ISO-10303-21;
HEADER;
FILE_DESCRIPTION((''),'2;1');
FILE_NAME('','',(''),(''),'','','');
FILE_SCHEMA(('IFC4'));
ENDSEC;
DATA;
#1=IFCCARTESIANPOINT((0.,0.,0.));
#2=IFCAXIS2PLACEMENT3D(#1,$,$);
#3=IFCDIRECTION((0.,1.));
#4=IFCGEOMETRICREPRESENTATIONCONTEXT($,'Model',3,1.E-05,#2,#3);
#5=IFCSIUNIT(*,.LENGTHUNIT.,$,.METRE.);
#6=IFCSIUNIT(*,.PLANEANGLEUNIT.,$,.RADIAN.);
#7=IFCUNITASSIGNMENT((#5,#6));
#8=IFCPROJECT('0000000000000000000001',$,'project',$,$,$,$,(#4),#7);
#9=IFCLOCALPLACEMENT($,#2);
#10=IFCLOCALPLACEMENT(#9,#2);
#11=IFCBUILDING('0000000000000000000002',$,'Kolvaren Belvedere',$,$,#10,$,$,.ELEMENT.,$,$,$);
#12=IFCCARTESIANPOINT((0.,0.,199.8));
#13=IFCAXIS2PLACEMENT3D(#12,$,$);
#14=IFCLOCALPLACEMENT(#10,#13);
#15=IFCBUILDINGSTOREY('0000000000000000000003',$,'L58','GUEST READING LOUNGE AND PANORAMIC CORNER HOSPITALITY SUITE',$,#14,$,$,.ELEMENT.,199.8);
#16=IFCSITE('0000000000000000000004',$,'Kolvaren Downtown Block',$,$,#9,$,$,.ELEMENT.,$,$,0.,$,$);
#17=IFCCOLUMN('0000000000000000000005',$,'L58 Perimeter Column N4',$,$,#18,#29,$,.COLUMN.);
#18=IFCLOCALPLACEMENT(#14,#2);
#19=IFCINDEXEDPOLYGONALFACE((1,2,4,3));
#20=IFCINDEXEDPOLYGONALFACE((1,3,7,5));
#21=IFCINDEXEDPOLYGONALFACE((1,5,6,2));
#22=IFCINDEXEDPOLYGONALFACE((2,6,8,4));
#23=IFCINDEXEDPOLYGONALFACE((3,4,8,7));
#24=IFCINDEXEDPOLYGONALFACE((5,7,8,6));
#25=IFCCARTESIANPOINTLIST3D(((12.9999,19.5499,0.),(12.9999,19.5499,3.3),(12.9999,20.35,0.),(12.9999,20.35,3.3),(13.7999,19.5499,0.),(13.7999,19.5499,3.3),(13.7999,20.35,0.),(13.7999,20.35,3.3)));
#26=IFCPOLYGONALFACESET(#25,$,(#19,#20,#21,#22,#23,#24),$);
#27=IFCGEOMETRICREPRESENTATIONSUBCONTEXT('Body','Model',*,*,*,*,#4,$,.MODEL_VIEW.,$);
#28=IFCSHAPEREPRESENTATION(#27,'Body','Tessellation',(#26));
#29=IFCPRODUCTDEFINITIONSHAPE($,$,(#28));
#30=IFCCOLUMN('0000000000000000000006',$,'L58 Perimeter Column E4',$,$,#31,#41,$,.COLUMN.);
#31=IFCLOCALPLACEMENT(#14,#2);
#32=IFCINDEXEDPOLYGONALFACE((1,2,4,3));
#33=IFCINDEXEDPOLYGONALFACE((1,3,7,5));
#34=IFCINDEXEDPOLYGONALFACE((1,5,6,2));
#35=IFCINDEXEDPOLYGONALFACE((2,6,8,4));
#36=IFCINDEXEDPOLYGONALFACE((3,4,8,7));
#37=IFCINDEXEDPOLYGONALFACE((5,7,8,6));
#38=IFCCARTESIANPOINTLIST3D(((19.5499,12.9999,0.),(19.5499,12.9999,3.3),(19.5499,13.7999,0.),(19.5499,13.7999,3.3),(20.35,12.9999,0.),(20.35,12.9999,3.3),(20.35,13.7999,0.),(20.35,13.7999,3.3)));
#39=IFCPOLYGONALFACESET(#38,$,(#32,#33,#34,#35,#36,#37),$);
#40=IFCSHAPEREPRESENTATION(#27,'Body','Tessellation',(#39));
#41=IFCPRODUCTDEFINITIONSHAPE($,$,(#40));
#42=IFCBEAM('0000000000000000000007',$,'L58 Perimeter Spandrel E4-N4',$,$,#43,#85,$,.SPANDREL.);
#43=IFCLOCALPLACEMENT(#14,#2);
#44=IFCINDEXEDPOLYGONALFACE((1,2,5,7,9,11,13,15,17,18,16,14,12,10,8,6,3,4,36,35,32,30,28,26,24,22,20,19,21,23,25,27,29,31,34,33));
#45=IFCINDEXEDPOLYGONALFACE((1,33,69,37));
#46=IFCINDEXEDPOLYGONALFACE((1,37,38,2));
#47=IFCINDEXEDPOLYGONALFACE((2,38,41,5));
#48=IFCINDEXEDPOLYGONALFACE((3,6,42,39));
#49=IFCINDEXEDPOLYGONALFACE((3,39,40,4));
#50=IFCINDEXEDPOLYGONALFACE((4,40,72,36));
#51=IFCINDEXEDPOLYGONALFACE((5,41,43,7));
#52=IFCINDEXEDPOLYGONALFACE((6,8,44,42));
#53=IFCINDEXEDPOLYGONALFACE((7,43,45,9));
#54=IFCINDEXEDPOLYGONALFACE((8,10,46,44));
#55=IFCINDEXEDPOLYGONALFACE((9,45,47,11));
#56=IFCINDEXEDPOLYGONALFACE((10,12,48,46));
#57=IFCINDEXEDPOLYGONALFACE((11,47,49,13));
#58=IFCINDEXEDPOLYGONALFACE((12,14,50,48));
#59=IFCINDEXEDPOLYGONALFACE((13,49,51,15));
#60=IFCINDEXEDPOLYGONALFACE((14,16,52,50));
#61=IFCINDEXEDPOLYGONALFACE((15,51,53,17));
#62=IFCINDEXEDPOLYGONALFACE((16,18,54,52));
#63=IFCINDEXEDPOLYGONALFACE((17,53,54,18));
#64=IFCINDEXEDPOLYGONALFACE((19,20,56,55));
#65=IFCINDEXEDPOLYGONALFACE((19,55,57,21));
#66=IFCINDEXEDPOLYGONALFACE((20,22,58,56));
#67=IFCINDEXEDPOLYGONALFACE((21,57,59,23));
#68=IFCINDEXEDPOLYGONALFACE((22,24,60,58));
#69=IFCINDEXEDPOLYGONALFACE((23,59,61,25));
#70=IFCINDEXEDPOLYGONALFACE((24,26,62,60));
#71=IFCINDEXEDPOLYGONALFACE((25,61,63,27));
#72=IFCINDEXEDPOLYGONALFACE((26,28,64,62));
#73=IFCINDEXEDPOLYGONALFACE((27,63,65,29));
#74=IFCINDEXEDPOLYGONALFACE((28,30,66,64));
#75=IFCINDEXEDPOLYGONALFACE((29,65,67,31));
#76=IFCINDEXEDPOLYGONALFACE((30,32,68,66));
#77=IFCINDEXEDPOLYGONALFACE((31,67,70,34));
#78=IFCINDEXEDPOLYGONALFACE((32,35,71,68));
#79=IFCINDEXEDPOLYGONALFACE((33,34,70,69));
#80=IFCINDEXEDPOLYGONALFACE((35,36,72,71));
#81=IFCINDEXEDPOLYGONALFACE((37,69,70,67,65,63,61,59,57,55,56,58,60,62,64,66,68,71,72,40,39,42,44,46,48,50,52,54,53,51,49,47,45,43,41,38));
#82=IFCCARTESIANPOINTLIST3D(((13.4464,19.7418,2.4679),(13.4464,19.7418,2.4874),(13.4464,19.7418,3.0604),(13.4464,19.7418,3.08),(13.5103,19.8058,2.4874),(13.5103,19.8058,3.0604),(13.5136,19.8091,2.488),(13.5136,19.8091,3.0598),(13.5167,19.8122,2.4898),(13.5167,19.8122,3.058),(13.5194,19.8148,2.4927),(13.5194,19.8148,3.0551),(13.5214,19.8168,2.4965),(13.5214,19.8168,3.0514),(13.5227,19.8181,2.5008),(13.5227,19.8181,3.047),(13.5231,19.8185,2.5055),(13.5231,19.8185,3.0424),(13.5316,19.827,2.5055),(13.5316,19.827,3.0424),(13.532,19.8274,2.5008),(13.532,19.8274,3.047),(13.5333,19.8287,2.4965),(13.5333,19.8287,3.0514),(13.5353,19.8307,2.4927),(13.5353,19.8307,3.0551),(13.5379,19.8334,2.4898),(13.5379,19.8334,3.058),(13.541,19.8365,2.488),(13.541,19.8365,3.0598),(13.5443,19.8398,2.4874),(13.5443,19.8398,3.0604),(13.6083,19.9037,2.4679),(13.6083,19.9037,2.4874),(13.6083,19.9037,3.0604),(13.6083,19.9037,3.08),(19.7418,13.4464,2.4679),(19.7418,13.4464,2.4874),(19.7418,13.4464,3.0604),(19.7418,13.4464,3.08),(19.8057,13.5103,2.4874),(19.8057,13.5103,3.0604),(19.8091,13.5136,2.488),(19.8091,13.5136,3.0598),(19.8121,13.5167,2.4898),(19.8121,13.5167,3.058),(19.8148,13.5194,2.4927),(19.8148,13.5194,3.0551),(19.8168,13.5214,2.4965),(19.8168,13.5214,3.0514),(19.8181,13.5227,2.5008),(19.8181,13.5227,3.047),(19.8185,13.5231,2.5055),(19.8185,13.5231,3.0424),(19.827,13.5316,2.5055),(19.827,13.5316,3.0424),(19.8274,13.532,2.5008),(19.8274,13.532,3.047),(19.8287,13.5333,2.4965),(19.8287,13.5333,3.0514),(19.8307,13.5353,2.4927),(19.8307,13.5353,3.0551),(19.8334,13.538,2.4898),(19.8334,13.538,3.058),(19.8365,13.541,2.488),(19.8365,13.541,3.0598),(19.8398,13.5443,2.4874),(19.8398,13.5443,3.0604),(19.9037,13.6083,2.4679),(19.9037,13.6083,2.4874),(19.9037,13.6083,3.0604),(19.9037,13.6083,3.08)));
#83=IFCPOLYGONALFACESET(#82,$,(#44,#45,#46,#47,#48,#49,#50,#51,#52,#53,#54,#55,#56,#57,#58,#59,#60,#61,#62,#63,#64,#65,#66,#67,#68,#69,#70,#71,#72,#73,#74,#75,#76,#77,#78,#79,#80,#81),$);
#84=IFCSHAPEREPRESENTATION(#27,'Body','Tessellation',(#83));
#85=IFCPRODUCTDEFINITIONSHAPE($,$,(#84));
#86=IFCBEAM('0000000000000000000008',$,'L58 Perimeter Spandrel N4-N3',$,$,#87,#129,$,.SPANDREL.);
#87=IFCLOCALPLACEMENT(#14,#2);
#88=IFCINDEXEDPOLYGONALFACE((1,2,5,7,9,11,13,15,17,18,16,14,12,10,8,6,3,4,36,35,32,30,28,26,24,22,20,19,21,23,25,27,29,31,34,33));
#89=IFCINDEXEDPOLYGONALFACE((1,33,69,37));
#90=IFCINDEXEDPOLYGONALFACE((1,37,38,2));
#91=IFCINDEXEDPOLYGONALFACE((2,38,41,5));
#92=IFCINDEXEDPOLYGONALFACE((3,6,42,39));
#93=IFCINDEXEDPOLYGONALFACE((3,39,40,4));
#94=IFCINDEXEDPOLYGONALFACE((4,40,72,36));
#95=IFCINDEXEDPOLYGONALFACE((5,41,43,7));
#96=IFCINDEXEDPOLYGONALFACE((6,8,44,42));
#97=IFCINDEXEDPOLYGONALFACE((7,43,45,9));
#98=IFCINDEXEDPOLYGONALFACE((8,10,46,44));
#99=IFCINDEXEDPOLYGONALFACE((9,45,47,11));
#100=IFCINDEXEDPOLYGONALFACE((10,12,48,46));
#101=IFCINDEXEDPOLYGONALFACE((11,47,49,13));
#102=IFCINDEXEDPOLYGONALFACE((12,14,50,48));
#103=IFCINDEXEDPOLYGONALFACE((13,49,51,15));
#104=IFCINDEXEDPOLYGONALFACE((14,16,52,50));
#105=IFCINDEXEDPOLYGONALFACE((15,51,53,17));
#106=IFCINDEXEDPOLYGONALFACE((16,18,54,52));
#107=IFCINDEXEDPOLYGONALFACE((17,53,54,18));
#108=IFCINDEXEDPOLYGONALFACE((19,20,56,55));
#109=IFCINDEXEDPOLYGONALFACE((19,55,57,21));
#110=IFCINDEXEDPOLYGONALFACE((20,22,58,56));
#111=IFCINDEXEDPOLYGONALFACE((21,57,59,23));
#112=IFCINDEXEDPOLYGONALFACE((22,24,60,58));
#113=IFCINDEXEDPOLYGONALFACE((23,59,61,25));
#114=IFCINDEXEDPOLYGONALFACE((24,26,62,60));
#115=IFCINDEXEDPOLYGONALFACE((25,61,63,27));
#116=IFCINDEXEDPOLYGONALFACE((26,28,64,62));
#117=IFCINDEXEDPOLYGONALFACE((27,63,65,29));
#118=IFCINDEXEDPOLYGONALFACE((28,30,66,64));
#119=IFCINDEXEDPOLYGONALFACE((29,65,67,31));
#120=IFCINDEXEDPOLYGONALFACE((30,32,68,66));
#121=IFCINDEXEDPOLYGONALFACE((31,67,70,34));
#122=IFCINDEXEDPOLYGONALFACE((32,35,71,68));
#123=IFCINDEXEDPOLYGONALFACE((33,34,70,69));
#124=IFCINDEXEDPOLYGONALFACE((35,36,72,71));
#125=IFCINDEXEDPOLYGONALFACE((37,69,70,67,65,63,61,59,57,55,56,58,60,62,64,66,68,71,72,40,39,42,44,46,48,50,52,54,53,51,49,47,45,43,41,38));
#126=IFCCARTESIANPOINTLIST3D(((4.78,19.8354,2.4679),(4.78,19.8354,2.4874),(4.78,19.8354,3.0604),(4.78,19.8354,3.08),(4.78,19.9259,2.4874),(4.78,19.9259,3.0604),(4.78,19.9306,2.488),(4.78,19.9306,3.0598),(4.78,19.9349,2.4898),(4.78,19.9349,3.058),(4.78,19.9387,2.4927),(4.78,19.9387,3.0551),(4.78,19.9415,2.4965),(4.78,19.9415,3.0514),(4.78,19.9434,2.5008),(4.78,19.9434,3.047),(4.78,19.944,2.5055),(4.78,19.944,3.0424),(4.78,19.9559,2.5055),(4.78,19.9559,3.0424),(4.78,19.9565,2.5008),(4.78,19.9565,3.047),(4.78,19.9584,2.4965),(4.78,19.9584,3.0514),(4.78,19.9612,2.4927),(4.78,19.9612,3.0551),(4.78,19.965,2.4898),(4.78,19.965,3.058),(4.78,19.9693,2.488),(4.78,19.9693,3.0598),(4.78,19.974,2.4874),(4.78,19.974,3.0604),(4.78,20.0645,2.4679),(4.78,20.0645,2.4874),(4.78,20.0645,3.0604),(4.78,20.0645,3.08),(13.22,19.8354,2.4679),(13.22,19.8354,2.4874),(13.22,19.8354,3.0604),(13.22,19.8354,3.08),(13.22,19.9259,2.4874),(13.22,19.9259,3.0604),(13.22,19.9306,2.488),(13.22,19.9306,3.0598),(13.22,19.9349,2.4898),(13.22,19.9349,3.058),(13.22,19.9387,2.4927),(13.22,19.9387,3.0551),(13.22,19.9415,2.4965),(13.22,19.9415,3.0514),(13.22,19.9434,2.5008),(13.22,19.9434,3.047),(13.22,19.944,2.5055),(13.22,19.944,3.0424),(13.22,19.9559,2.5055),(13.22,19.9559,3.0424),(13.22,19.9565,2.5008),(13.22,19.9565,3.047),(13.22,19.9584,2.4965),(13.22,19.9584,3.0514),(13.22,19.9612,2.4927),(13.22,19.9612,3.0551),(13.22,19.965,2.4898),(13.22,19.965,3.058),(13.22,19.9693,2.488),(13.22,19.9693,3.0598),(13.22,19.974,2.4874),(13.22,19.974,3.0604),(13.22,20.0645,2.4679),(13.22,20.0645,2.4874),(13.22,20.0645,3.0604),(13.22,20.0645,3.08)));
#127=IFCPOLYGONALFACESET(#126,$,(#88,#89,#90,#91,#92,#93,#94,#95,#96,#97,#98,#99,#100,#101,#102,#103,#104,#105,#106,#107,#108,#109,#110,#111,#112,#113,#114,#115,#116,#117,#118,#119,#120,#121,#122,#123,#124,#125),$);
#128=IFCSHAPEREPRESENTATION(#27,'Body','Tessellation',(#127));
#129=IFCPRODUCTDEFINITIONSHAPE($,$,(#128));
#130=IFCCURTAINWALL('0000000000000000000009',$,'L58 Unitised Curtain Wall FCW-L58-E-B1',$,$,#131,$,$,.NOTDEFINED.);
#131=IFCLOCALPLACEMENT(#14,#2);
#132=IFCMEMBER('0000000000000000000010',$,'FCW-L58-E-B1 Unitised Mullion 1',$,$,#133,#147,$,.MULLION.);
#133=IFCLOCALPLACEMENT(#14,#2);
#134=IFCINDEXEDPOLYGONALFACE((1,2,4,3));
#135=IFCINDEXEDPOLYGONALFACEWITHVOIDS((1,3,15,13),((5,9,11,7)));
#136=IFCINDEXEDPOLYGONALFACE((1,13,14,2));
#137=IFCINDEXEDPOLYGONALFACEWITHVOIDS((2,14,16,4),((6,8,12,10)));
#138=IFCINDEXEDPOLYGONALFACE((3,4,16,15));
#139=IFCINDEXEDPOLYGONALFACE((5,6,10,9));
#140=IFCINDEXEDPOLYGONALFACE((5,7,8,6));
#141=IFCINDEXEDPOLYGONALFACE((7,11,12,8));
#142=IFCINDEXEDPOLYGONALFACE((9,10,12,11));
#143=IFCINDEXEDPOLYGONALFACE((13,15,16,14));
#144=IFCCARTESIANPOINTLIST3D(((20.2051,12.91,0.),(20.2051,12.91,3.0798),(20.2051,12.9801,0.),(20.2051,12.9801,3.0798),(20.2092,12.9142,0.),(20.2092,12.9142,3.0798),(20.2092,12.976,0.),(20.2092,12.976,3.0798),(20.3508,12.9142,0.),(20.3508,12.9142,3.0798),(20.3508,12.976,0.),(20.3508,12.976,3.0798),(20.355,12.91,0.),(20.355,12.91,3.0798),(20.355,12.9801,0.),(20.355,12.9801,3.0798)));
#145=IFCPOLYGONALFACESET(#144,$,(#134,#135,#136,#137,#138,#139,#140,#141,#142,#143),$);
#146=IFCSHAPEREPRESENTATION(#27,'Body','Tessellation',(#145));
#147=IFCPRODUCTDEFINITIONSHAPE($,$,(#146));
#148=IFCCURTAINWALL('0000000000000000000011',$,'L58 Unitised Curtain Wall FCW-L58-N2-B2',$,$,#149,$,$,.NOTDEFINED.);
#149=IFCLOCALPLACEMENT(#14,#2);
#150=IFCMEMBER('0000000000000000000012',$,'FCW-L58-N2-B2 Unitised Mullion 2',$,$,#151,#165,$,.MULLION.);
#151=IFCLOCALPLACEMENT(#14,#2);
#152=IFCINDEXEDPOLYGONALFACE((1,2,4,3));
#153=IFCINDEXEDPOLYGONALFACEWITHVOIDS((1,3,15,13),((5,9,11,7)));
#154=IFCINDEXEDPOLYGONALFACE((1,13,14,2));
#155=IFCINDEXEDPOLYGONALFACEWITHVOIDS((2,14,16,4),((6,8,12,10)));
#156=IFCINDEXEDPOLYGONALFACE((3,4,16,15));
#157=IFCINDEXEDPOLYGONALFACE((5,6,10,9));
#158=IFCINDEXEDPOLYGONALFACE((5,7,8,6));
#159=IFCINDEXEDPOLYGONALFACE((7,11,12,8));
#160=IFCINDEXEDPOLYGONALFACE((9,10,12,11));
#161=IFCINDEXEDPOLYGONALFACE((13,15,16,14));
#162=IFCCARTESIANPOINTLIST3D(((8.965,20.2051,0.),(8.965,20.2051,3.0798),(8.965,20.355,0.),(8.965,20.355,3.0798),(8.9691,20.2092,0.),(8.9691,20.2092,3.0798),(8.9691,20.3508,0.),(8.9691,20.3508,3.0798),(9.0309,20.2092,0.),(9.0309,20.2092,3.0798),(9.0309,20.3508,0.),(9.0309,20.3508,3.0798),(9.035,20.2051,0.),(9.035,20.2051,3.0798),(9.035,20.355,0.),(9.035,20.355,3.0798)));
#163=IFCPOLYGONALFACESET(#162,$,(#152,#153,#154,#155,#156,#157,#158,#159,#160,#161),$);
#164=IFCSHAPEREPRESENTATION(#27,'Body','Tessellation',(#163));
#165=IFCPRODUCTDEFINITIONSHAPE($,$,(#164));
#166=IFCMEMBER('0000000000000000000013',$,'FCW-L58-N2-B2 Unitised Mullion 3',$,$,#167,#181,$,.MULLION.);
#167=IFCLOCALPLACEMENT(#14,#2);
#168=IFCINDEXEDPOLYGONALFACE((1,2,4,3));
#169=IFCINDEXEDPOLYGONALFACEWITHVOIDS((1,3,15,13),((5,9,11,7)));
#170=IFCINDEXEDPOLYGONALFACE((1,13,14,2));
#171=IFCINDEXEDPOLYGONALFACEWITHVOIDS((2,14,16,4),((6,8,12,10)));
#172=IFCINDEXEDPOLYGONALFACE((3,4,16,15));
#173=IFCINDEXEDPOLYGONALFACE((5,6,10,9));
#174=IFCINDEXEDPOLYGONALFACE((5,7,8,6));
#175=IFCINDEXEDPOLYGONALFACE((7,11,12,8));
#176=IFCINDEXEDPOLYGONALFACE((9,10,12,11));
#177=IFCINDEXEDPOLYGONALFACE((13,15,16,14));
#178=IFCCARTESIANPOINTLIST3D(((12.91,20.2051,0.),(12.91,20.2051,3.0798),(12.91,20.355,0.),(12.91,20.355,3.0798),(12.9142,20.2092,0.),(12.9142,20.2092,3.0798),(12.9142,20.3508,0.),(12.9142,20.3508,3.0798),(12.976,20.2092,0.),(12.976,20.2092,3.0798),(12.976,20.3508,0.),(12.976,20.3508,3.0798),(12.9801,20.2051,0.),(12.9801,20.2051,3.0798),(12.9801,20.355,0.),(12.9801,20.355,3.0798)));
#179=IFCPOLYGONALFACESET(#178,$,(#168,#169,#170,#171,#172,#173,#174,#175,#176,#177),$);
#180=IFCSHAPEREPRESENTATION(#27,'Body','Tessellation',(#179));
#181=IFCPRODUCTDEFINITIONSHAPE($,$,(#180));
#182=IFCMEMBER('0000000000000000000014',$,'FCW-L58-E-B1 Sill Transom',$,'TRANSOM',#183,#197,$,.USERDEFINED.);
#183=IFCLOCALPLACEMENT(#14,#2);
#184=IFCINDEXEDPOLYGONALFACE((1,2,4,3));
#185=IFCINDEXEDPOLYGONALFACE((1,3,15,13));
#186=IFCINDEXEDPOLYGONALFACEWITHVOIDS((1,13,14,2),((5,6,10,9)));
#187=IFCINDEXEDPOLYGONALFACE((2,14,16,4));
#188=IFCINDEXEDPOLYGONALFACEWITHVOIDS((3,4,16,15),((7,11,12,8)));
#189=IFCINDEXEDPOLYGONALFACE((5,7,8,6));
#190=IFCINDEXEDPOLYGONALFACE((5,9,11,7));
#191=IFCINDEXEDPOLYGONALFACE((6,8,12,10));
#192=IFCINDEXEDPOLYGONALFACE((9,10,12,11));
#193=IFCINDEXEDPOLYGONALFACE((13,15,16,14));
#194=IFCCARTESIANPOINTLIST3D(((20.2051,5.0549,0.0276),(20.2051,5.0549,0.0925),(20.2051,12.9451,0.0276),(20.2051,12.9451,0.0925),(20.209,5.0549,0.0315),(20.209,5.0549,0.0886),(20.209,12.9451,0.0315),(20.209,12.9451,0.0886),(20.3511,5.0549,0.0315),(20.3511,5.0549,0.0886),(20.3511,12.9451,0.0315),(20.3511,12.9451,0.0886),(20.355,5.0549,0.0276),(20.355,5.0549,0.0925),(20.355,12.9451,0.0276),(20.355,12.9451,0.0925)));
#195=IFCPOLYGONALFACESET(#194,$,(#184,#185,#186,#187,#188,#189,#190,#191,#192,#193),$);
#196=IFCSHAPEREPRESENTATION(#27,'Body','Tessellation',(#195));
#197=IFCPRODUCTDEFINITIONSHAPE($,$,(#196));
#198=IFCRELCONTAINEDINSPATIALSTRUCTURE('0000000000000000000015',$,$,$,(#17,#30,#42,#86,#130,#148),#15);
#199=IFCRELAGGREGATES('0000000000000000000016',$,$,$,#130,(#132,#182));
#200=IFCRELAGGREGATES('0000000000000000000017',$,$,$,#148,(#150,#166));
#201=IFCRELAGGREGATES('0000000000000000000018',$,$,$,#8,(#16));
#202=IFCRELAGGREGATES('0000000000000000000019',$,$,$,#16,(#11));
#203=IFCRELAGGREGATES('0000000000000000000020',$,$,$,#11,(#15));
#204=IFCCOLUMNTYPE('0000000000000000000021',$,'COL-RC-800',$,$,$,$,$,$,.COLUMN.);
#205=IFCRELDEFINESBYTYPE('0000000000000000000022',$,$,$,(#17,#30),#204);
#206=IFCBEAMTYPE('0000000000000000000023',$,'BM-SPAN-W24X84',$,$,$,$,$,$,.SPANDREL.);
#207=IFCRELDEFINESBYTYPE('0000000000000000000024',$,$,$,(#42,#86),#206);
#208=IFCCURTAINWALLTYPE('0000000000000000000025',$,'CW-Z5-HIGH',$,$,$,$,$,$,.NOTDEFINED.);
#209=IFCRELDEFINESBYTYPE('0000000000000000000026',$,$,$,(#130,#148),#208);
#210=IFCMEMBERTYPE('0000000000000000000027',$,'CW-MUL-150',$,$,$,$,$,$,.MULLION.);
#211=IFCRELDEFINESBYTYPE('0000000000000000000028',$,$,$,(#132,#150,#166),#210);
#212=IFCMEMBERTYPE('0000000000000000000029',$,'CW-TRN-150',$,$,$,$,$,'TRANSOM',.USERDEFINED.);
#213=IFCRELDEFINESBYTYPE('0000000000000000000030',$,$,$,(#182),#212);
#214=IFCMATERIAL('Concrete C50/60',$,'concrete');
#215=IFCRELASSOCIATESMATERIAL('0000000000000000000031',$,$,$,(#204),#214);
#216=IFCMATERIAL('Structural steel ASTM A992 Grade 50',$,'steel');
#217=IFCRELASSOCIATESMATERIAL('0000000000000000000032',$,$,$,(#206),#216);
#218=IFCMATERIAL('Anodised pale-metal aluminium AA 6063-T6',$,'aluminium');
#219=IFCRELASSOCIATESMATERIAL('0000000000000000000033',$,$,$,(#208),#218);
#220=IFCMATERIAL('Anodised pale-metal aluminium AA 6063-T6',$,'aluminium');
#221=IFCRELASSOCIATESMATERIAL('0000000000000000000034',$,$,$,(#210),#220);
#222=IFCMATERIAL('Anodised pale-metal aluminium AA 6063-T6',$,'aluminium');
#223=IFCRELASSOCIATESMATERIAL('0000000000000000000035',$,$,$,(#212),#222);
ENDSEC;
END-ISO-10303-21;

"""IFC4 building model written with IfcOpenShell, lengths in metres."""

from ifc_helpers import new_model, si_unit, direction, frame, origin, origin_2d, place, context, subcontext, project, spatial, rectangle, hollow_rectangle, i_section, extrude, material, material_profile, profile_set, type_object, element, aggregate, save


model = new_model("IFC4")

# Units and contexts
model_context = context("Model", 3, precision=1e-05, world=origin(), true_north=direction((0.0, 1.0)))
body_context = subcontext(model_context, "Body", "Model", "MODEL_VIEW")
ifc_project = project(units=[si_unit("LENGTHUNIT", "METRE"), si_unit("PLANEANGLEUNIT", "RADIAN")], contexts=[model_context])

# Site, building, storey
site_placement = place(None, origin())
site = spatial("IfcSite", under=ifc_project, at=site_placement, Name="Kolvaren Downtown Block", CompositionType="ELEMENT", RefElevation=0.0)
building_placement = place(site_placement, origin())
building = spatial("IfcBuilding", under=site, at=building_placement, Name="Kolvaren Belvedere", CompositionType="ELEMENT")
storey_placement = place(building_placement, frame((0.0, 0.0, 199.8)))
storey = spatial("IfcBuildingStorey", under=building, at=storey_placement, Name="L58", Description="GUEST READING LOUNGE AND PANORAMIC CORNER HOSPITALITY SUITE", CompositionType="ELEMENT", Elevation=199.8)

# Columns
ifc_material_1 = material(Name="Concrete C50/60", Category="concrete")
ifc_material_profile_1 = material_profile(ifc_material_1, rectangle(XDim=0.8, YDim=0.8, at=origin_2d()), Name="RC 800X800")
ifc_profile_set_1 = profile_set([ifc_material_profile_1], Name="Concrete C50/60")
column_type = type_object("IfcColumnType", Name="COL-RC-800", PredefinedType="COLUMN", material=ifc_profile_set_1)
for number, where, z_axis, x_axis, name in (
    (1, (13.3999, 19.95, 0.0), (0.0, 0.0, 1.0), (1.0, 0.0, 0.0), "L58 Perimeter Column N4"),
    (2, (19.95, 13.3999, 0.0), (0.0, 0.0, 1.0), (1.0, 0.0, 0.0), "L58 Perimeter Column E4"),
):
    element("IfcColumn", number, at=place(storey_placement, frame(where, z_axis=z_axis, x_axis=x_axis)), inside=storey, type_object=column_type, Name=name, PredefinedType="COLUMN", context=body_context, shape_type="SweptSolid", body=[
        extrude(rectangle(XDim=0.8, YDim=0.8, at=origin_2d()), origin(), (0.0, 0.0, 1.0), 3.3),
    ])

# Beams
ifc_material_2 = material(Name="Structural steel ASTM A992 Grade 50", Category="steel")
ifc_material_profile_2 = material_profile(ifc_material_2, i_section(OverallWidth=0.229, OverallDepth=0.6121, WebThickness=0.012, FlangeThickness=0.0195, FilletRadius=0.0181, at=origin_2d()), Name="W24X84")
ifc_profile_set_2 = profile_set([ifc_material_profile_2], Name="Structural steel ASTM A992 Grade 50")
beam_type = type_object("IfcBeamType", Name="BM-SPAN-W24X84", PredefinedType="SPANDREL", material=ifc_profile_set_2)
beam_1_placement = place(storey_placement, frame((19.8228, 13.5273, 2.7739), z_axis=(-0.707107, 0.707107, 0.0), x_axis=(-0.707107, -0.707107, 0.0)))
element("IfcBeam", 3, at=beam_1_placement, inside=storey, type_object=beam_type, Name="L58 Perimeter Spandrel E4-N4", PredefinedType="SPANDREL", context=body_context, shape_type="SweptSolid", body=[
    extrude(i_section(OverallWidth=0.229, OverallDepth=0.6121, WebThickness=0.012, FlangeThickness=0.0195, FilletRadius=0.0181, at=origin_2d()), origin(), (0.0, 0.0, 1.0), 8.9031),
])
beam_2_placement = place(storey_placement, frame((13.22, 19.95, 2.7739), z_axis=(-1.0, 0.0, 0.0), x_axis=(0.0, -1.0, 0.0)))
element("IfcBeam", 4, at=beam_2_placement, inside=storey, type_object=beam_type, Name="L58 Perimeter Spandrel N4-N3", PredefinedType="SPANDREL", context=body_context, shape_type="SweptSolid", body=[
    extrude(i_section(OverallWidth=0.229, OverallDepth=0.6121, WebThickness=0.012, FlangeThickness=0.0195, FilletRadius=0.0181, at=origin_2d()), origin(), (0.0, 0.0, 1.0), 8.4399),
])

# Curtain wall, member
ifc_material_3 = material(Name="Anodised pale-metal aluminium AA 6063-T6", Category="aluminium")
curtain_wall_type = type_object("IfcCurtainWallType", Name="CW-Z5-HIGH", PredefinedType="NOTDEFINED", material=ifc_material_3)
curtain_wall_1_placement = place(storey_placement, origin())
curtain_wall_1 = element("IfcCurtainWall", 5, at=curtain_wall_1_placement, inside=storey, type_object=curtain_wall_type, Name="L58 Unitised Curtain Wall FCW-L58-E-B1", PredefinedType="NOTDEFINED")
ifc_material_4 = material(Name="Anodised pale-metal aluminium AA 6063-T6", Category="aluminium")
ifc_material_profile_3 = material_profile(ifc_material_4, hollow_rectangle(XDim=0.0701, YDim=0.1499, WallThickness=0.0042, at=origin_2d()), Name="ALU-MUL-150X70")
ifc_profile_set_3 = profile_set([ifc_material_profile_3], Name="Anodised pale-metal aluminium AA 6063-T6")
member_type_1 = type_object("IfcMemberType", Name="CW-MUL-150", PredefinedType="MULLION", material=ifc_profile_set_3)
member_1_placement = place(storey_placement, frame((20.28, 12.9451, 0.0), z_axis=(0.0, 0.0, 1.0), x_axis=(0.0, 1.0, 0.0)))
member_1 = element("IfcMember", 6, at=member_1_placement, type_object=member_type_1, Name="FCW-L58-E-B1 Unitised Mullion 1", PredefinedType="MULLION", context=body_context, shape_type="SweptSolid", body=[
    extrude(hollow_rectangle(XDim=0.0701, YDim=0.1499, WallThickness=0.0042, at=origin_2d()), origin(), (0.0, 0.0, 1.0), 3.0798),
])

# Curtain wall, members
curtain_wall_2_placement = place(storey_placement, origin())
curtain_wall_2 = element("IfcCurtainWall", 7, at=curtain_wall_2_placement, inside=storey, type_object=curtain_wall_type, Name="L58 Unitised Curtain Wall FCW-L58-N2-B2", PredefinedType="NOTDEFINED")
member_2_placement = place(storey_placement, frame((9.0, 20.28, 0.0), z_axis=(0.0, 0.0, 1.0), x_axis=(1.0, 0.0, 0.0)))
member_2 = element("IfcMember", 8, at=member_2_placement, type_object=member_type_1, Name="FCW-L58-N2-B2 Unitised Mullion 2", PredefinedType="MULLION", context=body_context, shape_type="SweptSolid", body=[
    extrude(hollow_rectangle(XDim=0.0701, YDim=0.1499, WallThickness=0.0042, at=origin_2d()), origin(), (0.0, 0.0, 1.0), 3.0798),
])
member_3_placement = place(storey_placement, frame((12.9451, 20.28, 0.0), z_axis=(0.0, 0.0, 1.0), x_axis=(1.0, 0.0, 0.0)))
member_3 = element("IfcMember", 9, at=member_3_placement, type_object=member_type_1, Name="FCW-L58-N2-B2 Unitised Mullion 3", PredefinedType="MULLION", context=body_context, shape_type="SweptSolid", body=[
    extrude(hollow_rectangle(XDim=0.0701, YDim=0.1499, WallThickness=0.0042, at=origin_2d()), origin(), (0.0, 0.0, 1.0), 3.0798),
])

# Member
ifc_material_5 = material(Name="Anodised pale-metal aluminium AA 6063-T6", Category="aluminium")
ifc_material_profile_4 = material_profile(ifc_material_5, hollow_rectangle(XDim=0.0649, YDim=0.1499, WallThickness=0.0039, at=origin_2d()), Name="ALU-TRN-150X65")
ifc_profile_set_4 = profile_set([ifc_material_profile_4], Name="Anodised pale-metal aluminium AA 6063-T6")
member_type_2 = type_object("IfcMemberType", Name="CW-TRN-150", ElementType="TRANSOM", PredefinedType="USERDEFINED", material=ifc_profile_set_4)
member_4_placement = place(storey_placement, frame((20.28, 12.9451, 0.0601), z_axis=(0.0, -1.0, 0.0), x_axis=(0.0, 0.0, 1.0)))
member_4 = element("IfcMember", 10, at=member_4_placement, type_object=member_type_2, Name="FCW-L58-E-B1 Sill Transom", ObjectType="TRANSOM", PredefinedType="USERDEFINED", context=body_context, shape_type="SweptSolid", body=[
    extrude(hollow_rectangle(XDim=0.0649, YDim=0.1499, WallThickness=0.0039, at=origin_2d()), origin(), (0.0, 0.0, 1.0), 7.8901),
])

aggregate(curtain_wall_1, [member_1, member_4])
aggregate(curtain_wall_2, [member_2, member_3])

save(model, "model.ifc")
